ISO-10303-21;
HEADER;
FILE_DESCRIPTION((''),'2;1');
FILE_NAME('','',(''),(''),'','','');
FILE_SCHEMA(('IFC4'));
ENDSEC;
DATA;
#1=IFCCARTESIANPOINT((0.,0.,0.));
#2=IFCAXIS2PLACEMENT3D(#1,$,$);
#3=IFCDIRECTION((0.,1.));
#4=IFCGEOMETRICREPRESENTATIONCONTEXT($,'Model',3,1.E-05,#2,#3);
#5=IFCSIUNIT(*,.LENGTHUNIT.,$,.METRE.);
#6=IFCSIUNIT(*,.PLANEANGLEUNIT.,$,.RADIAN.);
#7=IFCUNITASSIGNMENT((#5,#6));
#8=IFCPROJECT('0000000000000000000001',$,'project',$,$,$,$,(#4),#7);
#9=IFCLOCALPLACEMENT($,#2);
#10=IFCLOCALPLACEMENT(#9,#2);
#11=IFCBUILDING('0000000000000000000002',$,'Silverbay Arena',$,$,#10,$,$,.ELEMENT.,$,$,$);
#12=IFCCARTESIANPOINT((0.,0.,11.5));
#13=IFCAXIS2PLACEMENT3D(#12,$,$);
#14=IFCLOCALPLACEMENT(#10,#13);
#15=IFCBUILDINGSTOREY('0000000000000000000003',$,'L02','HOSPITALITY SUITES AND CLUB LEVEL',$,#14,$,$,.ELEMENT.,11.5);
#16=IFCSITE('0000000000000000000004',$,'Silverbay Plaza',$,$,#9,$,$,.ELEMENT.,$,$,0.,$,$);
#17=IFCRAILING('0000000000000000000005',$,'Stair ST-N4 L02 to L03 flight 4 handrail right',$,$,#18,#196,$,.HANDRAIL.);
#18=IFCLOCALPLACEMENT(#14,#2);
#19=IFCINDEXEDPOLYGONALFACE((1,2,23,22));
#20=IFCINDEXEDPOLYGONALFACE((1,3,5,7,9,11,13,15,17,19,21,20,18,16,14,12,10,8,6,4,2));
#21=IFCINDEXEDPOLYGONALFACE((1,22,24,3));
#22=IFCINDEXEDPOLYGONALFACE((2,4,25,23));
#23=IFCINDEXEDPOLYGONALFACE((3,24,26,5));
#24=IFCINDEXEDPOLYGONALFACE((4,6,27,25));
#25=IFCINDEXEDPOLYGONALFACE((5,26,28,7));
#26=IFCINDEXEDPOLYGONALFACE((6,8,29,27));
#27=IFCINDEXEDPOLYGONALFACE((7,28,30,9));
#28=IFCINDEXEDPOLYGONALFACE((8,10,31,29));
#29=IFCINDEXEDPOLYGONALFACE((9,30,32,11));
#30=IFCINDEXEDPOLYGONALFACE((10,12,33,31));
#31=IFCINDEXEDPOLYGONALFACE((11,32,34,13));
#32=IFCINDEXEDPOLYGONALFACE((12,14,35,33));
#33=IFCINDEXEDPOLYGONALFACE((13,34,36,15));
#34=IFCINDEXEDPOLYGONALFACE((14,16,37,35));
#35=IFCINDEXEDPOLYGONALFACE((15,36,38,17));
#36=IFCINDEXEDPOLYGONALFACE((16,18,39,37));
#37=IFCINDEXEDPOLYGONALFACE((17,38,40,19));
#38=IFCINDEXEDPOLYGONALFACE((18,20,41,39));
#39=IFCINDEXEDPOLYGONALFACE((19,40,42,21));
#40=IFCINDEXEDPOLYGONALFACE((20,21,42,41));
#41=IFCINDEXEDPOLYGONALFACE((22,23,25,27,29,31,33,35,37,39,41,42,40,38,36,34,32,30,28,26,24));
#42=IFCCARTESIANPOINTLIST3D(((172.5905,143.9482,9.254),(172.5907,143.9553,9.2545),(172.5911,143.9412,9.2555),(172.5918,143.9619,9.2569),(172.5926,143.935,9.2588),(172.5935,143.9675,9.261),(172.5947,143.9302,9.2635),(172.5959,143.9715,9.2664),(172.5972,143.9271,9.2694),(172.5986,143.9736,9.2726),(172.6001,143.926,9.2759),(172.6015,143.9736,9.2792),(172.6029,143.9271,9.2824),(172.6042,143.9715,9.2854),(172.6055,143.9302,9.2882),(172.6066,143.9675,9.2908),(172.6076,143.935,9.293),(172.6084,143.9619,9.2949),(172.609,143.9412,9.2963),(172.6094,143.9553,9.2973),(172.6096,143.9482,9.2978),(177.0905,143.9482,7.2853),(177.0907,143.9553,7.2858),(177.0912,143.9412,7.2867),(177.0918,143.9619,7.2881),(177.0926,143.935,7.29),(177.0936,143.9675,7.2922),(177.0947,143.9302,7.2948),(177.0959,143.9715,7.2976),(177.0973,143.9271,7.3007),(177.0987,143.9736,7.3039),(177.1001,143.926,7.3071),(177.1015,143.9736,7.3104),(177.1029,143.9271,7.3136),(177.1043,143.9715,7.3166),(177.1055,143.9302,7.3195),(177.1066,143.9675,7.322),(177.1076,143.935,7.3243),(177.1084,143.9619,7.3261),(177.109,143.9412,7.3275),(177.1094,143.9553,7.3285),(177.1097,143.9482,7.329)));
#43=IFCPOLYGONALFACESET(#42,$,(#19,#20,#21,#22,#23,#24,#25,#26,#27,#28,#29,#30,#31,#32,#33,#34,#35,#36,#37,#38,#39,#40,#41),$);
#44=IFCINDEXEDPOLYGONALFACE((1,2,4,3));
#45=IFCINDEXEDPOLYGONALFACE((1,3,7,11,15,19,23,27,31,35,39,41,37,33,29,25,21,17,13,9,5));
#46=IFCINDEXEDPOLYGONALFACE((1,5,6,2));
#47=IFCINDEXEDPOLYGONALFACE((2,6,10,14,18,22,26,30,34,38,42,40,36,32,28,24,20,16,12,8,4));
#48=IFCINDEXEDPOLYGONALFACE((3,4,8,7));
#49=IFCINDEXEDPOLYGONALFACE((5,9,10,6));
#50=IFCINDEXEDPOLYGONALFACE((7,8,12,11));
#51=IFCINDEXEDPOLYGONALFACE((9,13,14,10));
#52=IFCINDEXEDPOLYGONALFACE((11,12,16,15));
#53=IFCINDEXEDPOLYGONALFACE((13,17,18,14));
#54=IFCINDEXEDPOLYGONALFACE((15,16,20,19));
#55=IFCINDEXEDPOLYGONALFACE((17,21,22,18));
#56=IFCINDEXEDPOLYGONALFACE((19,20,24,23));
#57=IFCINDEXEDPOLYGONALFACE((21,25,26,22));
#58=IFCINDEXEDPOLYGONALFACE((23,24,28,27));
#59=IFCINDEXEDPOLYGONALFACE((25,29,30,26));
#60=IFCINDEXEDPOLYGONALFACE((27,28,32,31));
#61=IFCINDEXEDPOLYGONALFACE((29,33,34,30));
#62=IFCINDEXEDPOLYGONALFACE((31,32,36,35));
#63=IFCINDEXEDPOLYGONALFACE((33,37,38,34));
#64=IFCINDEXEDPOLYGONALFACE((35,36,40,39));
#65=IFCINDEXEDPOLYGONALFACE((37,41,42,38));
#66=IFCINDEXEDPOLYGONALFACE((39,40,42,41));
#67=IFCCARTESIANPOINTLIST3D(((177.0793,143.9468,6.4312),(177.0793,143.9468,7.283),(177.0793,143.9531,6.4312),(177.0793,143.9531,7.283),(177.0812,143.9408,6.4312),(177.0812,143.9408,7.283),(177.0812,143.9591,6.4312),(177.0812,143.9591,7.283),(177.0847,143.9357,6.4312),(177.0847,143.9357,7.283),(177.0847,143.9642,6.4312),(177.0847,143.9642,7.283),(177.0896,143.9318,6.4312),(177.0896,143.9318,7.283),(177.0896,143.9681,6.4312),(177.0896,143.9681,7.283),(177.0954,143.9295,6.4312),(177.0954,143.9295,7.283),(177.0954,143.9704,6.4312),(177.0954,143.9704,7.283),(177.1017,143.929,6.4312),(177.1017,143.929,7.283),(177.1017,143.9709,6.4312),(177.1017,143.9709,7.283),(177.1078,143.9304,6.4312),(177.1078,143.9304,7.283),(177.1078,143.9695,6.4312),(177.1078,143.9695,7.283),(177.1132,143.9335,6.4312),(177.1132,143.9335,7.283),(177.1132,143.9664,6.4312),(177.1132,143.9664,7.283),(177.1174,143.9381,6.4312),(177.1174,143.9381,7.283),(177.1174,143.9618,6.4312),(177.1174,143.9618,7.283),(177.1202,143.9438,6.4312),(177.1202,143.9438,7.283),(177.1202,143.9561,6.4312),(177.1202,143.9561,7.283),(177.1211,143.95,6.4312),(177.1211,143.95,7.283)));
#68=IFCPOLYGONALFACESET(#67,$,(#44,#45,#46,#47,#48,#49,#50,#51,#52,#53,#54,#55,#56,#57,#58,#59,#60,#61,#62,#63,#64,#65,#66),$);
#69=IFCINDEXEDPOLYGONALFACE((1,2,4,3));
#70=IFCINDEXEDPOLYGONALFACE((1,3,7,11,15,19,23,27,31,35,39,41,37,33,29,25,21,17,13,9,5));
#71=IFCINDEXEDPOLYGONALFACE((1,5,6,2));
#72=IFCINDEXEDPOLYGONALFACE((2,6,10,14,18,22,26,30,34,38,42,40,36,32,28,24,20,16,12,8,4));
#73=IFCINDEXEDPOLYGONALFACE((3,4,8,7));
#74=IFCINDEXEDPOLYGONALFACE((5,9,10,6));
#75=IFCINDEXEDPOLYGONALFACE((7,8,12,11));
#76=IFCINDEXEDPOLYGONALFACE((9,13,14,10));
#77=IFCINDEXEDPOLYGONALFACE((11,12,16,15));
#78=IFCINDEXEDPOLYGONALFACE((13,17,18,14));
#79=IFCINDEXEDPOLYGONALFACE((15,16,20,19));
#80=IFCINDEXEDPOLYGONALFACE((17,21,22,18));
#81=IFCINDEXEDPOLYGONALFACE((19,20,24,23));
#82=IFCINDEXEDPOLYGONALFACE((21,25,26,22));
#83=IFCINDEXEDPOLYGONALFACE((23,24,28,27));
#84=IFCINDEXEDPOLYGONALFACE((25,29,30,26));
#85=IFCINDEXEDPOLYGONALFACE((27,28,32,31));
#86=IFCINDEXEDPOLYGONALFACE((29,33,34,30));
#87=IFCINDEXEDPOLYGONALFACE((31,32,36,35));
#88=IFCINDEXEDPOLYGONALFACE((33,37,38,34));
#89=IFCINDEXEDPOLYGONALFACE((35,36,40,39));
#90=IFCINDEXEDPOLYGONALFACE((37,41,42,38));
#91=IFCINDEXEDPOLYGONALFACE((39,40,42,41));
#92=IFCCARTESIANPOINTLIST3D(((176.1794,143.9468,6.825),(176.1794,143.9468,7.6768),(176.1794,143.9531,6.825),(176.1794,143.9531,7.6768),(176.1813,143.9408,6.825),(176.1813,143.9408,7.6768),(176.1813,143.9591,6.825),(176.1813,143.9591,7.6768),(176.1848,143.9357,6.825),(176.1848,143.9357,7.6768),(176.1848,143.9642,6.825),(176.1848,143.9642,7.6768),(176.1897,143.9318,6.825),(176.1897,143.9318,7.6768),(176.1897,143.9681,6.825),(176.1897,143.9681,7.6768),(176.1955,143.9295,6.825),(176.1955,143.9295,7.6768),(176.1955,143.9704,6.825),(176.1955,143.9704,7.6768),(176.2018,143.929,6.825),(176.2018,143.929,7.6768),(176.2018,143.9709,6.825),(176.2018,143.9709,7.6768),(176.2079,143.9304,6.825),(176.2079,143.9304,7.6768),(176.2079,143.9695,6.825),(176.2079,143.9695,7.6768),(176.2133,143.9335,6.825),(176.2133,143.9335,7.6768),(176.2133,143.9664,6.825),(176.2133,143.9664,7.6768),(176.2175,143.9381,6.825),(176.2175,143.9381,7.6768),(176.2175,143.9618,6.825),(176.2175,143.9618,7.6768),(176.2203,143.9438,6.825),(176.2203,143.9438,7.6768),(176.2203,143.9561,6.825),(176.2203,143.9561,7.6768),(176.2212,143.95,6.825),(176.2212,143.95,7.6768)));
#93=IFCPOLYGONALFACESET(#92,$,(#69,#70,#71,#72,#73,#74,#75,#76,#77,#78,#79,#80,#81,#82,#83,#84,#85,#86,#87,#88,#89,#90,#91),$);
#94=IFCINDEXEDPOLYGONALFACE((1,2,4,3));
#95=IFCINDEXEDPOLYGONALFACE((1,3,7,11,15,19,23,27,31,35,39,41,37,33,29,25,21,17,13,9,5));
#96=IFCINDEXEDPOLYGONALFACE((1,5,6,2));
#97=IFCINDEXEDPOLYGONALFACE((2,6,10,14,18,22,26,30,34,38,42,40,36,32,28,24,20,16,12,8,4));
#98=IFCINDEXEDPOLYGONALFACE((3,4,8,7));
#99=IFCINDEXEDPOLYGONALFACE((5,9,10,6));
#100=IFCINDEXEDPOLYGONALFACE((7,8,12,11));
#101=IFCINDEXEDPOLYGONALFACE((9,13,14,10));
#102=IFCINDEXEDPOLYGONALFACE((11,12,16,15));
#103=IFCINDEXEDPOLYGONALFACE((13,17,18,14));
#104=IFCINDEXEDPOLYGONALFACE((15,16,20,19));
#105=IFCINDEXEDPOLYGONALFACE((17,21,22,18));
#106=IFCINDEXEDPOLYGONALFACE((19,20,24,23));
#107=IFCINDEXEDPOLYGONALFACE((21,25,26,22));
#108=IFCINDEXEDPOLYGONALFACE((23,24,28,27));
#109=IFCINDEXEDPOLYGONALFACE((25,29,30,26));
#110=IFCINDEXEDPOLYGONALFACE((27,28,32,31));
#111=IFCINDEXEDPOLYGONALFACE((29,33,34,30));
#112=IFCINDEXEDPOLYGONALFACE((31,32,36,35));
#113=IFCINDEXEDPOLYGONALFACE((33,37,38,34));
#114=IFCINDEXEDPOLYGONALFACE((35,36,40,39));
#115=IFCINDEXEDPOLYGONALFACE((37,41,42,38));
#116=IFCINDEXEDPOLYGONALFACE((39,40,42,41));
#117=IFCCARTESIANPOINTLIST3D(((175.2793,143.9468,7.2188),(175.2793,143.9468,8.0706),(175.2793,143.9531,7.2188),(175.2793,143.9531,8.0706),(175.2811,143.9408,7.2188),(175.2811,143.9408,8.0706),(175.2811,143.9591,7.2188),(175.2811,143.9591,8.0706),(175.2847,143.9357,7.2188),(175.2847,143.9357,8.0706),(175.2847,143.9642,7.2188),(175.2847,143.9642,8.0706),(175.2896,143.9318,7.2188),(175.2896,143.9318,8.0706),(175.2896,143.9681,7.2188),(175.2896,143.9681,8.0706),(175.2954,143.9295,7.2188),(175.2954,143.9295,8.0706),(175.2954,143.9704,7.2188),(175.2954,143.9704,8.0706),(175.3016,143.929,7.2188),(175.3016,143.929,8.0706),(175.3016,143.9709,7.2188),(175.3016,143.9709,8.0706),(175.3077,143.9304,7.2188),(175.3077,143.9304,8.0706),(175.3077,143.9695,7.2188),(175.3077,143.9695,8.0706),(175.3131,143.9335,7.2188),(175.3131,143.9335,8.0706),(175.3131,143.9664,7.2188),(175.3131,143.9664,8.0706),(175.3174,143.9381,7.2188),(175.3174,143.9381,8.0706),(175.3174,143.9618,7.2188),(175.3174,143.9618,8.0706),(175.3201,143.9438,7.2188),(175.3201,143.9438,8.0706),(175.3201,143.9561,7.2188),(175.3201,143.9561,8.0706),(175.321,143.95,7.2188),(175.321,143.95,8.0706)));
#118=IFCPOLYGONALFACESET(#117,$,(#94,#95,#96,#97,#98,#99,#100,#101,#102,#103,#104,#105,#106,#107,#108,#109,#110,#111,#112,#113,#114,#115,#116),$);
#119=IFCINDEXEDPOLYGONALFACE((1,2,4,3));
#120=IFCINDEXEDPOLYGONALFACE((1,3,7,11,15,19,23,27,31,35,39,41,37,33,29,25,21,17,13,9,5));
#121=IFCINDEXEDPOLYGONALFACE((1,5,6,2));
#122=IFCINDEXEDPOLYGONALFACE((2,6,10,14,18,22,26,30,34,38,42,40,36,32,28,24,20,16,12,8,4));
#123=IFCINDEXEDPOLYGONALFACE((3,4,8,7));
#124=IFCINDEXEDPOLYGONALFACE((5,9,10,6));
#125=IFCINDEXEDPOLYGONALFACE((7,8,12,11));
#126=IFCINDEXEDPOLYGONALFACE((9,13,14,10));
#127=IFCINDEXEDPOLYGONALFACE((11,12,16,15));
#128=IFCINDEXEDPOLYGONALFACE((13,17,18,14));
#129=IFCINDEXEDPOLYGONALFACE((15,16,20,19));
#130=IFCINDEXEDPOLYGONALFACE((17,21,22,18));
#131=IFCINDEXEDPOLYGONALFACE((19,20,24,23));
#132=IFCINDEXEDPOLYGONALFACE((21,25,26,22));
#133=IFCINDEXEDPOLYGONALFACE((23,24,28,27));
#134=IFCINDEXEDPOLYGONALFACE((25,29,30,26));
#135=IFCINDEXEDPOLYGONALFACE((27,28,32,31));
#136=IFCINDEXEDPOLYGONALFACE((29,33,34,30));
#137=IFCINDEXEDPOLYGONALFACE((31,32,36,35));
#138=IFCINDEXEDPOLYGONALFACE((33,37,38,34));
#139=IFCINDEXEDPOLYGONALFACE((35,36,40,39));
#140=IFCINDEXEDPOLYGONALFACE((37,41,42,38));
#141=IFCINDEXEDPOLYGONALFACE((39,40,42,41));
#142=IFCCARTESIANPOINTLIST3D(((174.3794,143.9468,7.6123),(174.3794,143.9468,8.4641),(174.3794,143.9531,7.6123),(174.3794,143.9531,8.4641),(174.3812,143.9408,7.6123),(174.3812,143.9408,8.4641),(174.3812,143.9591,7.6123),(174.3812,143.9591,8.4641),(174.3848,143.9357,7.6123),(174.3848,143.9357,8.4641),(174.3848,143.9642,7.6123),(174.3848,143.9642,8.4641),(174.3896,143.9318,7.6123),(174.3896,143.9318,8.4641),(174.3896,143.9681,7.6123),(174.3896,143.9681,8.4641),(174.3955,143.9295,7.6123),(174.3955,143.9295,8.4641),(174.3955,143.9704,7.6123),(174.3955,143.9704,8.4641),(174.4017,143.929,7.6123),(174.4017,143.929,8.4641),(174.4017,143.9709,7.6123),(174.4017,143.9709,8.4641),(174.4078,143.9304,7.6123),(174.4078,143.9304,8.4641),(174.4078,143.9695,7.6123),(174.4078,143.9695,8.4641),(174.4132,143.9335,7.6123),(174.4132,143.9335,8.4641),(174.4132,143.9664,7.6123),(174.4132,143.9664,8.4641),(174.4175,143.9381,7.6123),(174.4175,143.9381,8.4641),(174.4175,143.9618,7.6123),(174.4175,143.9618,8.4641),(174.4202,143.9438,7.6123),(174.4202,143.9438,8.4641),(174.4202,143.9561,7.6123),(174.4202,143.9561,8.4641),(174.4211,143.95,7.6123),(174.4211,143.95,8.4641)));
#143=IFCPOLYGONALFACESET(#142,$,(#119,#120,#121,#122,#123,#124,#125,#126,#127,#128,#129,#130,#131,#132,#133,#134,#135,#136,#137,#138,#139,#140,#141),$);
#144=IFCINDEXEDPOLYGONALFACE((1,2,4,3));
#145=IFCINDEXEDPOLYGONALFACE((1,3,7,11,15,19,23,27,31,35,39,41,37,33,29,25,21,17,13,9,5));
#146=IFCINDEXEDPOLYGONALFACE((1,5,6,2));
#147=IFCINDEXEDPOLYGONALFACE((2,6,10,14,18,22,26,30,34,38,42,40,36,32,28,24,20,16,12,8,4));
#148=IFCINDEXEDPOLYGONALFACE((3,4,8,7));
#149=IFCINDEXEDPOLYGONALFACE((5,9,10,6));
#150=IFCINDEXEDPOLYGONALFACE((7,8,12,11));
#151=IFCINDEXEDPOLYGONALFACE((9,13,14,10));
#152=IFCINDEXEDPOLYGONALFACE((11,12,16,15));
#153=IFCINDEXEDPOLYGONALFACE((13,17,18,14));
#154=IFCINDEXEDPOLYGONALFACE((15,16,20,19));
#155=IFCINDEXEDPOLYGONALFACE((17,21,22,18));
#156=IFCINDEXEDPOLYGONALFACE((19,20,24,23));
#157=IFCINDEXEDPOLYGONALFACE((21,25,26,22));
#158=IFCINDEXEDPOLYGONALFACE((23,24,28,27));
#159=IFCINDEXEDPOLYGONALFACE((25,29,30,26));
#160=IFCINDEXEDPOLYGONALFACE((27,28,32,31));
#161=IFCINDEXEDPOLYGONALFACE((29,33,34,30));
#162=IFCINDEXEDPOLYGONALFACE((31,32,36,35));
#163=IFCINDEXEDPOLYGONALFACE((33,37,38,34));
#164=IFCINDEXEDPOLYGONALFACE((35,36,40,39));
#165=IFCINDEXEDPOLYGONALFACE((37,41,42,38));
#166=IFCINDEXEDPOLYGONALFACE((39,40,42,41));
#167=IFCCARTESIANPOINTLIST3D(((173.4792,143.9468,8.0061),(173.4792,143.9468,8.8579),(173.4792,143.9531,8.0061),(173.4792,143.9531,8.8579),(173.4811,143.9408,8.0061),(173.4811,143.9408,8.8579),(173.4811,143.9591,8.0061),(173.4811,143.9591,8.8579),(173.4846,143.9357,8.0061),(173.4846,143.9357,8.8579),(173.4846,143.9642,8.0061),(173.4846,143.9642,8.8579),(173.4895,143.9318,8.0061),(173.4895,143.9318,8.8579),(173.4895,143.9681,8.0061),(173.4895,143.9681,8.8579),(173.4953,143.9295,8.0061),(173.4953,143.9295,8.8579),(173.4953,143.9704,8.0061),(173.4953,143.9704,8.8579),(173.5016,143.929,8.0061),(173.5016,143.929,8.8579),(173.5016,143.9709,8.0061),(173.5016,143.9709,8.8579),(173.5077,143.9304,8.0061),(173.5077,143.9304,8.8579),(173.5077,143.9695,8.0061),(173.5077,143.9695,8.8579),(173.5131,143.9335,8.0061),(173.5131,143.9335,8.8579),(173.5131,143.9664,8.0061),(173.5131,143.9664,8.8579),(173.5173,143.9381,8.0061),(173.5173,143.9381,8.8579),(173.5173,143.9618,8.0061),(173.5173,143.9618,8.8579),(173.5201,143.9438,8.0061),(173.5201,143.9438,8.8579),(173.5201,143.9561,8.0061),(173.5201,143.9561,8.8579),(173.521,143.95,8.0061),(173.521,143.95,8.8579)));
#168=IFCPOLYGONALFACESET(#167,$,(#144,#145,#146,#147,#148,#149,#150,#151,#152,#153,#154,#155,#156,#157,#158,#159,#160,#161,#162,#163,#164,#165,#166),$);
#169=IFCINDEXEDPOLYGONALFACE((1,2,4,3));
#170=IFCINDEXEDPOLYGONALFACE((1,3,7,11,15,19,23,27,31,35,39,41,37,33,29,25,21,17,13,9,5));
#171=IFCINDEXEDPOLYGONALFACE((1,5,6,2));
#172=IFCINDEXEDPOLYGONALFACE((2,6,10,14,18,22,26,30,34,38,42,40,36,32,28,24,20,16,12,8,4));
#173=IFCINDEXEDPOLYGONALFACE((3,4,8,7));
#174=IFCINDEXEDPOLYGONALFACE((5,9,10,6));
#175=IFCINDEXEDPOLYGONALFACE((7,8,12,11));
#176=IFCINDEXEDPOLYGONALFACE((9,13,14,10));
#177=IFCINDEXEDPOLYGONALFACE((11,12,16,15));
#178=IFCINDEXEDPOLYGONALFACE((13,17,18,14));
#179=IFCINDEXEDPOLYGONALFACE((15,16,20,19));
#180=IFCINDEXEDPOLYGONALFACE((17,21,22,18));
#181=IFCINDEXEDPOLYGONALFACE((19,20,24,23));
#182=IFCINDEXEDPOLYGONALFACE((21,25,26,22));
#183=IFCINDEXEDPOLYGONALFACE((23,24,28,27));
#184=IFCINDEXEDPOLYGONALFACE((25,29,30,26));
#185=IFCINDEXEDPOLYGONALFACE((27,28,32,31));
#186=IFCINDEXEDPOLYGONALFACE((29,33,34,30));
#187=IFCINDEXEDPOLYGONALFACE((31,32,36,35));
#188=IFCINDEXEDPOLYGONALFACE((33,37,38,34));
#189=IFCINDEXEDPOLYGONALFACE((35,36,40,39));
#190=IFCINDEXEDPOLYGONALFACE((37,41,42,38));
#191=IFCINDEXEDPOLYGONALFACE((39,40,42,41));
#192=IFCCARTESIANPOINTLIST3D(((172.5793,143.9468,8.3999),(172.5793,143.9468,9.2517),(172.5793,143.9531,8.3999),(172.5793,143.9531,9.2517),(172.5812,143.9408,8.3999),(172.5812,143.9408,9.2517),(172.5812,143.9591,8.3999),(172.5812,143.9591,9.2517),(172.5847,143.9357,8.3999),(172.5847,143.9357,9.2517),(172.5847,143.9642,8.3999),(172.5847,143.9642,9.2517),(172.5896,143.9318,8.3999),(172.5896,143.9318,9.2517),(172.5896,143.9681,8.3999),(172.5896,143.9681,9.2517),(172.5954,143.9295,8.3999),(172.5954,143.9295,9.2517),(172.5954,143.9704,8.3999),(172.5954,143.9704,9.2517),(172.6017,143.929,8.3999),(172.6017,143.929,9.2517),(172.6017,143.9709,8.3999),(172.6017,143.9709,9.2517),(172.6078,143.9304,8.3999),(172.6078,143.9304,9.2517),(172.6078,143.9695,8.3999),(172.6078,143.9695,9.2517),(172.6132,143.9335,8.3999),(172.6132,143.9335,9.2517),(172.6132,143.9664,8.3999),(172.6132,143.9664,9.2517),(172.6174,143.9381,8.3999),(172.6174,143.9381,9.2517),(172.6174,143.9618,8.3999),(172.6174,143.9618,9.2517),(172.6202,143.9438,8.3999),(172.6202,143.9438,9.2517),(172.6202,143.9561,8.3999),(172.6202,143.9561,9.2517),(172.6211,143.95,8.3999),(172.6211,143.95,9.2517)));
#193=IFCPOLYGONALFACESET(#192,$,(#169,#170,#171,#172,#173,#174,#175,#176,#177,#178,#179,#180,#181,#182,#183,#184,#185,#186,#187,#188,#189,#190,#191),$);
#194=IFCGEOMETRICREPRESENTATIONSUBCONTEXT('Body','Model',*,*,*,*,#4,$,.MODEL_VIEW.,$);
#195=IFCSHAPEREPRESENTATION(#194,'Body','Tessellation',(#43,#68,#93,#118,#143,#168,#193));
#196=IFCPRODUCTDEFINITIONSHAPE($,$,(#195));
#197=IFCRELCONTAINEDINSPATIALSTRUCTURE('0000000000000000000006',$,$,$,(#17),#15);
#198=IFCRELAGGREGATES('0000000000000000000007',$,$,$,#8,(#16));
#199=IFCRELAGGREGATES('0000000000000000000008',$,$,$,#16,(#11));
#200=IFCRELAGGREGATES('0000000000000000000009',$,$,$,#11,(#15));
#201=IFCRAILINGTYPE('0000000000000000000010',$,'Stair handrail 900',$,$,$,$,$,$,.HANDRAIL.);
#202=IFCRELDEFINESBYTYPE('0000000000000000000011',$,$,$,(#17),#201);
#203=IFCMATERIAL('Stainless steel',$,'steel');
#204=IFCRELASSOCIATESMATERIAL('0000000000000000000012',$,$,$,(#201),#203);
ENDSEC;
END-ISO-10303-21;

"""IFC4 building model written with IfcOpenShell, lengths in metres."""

from ifc_helpers import new_model, si_unit, direction, frame, origin, origin_2d, place, context, subcontext, project, spatial, circle, extrude, material, type_object, element, save


model = new_model("IFC4")

# Units and contexts
model_context = context("Model", 3, precision=1e-05, world=origin(), true_north=direction((0.0, 1.0)))
body_context = subcontext(model_context, "Body", "Model", "MODEL_VIEW")
ifc_project = project(units=[si_unit("LENGTHUNIT", "METRE"), si_unit("PLANEANGLEUNIT", "RADIAN")], contexts=[model_context])

# Site, building, storey
site_placement = place(None, origin())
site = spatial("IfcSite", under=ifc_project, at=site_placement, Name="Silverbay Plaza", CompositionType="ELEMENT", RefElevation=0.0)
building_placement = place(site_placement, origin())
building = spatial("IfcBuilding", under=site, at=building_placement, Name="Silverbay Arena", CompositionType="ELEMENT")
storey_placement = place(building_placement, frame((0.0, 0.0, 11.5)))
storey = spatial("IfcBuildingStorey", under=building, at=storey_placement, Name="L02", Description="HOSPITALITY SUITES AND CLUB LEVEL", CompositionType="ELEMENT", Elevation=11.5)

# Railing
ifc_material_1 = material(Name="Stainless steel", Category="steel")
railing_type_1 = type_object("IfcRailingType", Name="Stair handrail 900", PredefinedType="HANDRAIL", material=ifc_material_1)
for number, where, name in (
    (1, (177.1001, 143.95, 6.4312), "Stair ST-N4 L02 to L03 flight 4 handrail right"),
):
    element("IfcRailing", number, at=place(storey_placement, frame(where)), inside=storey, type_object=railing_type_1, Name=name, PredefinedType="HANDRAIL", context=body_context, shape_type="SweptSolid", body=[
        extrude(circle(Radius=0.0239, at=origin_2d()), frame((0.0, 0.0, 0.876), z_axis=(-0.916157, 0.0, 0.400819), x_axis=(0.0, -1.0, 0.0)), (0.0, 0.0, 1.0), 4.9119),
        extrude(circle(Radius=0.021, at=origin_2d()), origin(), (0.0, 0.0, 1.0), 0.8518),
        extrude(circle(Radius=0.021, at=origin_2d()), frame((-0.8999, 0.0, 0.3938)), (0.0, 0.0, 1.0), 0.8518),
        extrude(circle(Radius=0.021, at=origin_2d()), frame((-1.8, 0.0, 0.7876)), (0.0, 0.0, 1.0), 0.8518),
        extrude(circle(Radius=0.021, at=origin_2d()), frame((-2.7, 0.0, 1.1812)), (0.0, 0.0, 1.0), 0.8518),
        extrude(circle(Radius=0.021, at=origin_2d()), frame((-3.6001, 0.0, 1.575)), (0.0, 0.0, 1.0), 0.8518),
        extrude(circle(Radius=0.021, at=origin_2d()), frame((-4.5, 0.0, 1.9688)), (0.0, 0.0, 1.0), 0.8518),
    ])

save(model, "model.ifc")
